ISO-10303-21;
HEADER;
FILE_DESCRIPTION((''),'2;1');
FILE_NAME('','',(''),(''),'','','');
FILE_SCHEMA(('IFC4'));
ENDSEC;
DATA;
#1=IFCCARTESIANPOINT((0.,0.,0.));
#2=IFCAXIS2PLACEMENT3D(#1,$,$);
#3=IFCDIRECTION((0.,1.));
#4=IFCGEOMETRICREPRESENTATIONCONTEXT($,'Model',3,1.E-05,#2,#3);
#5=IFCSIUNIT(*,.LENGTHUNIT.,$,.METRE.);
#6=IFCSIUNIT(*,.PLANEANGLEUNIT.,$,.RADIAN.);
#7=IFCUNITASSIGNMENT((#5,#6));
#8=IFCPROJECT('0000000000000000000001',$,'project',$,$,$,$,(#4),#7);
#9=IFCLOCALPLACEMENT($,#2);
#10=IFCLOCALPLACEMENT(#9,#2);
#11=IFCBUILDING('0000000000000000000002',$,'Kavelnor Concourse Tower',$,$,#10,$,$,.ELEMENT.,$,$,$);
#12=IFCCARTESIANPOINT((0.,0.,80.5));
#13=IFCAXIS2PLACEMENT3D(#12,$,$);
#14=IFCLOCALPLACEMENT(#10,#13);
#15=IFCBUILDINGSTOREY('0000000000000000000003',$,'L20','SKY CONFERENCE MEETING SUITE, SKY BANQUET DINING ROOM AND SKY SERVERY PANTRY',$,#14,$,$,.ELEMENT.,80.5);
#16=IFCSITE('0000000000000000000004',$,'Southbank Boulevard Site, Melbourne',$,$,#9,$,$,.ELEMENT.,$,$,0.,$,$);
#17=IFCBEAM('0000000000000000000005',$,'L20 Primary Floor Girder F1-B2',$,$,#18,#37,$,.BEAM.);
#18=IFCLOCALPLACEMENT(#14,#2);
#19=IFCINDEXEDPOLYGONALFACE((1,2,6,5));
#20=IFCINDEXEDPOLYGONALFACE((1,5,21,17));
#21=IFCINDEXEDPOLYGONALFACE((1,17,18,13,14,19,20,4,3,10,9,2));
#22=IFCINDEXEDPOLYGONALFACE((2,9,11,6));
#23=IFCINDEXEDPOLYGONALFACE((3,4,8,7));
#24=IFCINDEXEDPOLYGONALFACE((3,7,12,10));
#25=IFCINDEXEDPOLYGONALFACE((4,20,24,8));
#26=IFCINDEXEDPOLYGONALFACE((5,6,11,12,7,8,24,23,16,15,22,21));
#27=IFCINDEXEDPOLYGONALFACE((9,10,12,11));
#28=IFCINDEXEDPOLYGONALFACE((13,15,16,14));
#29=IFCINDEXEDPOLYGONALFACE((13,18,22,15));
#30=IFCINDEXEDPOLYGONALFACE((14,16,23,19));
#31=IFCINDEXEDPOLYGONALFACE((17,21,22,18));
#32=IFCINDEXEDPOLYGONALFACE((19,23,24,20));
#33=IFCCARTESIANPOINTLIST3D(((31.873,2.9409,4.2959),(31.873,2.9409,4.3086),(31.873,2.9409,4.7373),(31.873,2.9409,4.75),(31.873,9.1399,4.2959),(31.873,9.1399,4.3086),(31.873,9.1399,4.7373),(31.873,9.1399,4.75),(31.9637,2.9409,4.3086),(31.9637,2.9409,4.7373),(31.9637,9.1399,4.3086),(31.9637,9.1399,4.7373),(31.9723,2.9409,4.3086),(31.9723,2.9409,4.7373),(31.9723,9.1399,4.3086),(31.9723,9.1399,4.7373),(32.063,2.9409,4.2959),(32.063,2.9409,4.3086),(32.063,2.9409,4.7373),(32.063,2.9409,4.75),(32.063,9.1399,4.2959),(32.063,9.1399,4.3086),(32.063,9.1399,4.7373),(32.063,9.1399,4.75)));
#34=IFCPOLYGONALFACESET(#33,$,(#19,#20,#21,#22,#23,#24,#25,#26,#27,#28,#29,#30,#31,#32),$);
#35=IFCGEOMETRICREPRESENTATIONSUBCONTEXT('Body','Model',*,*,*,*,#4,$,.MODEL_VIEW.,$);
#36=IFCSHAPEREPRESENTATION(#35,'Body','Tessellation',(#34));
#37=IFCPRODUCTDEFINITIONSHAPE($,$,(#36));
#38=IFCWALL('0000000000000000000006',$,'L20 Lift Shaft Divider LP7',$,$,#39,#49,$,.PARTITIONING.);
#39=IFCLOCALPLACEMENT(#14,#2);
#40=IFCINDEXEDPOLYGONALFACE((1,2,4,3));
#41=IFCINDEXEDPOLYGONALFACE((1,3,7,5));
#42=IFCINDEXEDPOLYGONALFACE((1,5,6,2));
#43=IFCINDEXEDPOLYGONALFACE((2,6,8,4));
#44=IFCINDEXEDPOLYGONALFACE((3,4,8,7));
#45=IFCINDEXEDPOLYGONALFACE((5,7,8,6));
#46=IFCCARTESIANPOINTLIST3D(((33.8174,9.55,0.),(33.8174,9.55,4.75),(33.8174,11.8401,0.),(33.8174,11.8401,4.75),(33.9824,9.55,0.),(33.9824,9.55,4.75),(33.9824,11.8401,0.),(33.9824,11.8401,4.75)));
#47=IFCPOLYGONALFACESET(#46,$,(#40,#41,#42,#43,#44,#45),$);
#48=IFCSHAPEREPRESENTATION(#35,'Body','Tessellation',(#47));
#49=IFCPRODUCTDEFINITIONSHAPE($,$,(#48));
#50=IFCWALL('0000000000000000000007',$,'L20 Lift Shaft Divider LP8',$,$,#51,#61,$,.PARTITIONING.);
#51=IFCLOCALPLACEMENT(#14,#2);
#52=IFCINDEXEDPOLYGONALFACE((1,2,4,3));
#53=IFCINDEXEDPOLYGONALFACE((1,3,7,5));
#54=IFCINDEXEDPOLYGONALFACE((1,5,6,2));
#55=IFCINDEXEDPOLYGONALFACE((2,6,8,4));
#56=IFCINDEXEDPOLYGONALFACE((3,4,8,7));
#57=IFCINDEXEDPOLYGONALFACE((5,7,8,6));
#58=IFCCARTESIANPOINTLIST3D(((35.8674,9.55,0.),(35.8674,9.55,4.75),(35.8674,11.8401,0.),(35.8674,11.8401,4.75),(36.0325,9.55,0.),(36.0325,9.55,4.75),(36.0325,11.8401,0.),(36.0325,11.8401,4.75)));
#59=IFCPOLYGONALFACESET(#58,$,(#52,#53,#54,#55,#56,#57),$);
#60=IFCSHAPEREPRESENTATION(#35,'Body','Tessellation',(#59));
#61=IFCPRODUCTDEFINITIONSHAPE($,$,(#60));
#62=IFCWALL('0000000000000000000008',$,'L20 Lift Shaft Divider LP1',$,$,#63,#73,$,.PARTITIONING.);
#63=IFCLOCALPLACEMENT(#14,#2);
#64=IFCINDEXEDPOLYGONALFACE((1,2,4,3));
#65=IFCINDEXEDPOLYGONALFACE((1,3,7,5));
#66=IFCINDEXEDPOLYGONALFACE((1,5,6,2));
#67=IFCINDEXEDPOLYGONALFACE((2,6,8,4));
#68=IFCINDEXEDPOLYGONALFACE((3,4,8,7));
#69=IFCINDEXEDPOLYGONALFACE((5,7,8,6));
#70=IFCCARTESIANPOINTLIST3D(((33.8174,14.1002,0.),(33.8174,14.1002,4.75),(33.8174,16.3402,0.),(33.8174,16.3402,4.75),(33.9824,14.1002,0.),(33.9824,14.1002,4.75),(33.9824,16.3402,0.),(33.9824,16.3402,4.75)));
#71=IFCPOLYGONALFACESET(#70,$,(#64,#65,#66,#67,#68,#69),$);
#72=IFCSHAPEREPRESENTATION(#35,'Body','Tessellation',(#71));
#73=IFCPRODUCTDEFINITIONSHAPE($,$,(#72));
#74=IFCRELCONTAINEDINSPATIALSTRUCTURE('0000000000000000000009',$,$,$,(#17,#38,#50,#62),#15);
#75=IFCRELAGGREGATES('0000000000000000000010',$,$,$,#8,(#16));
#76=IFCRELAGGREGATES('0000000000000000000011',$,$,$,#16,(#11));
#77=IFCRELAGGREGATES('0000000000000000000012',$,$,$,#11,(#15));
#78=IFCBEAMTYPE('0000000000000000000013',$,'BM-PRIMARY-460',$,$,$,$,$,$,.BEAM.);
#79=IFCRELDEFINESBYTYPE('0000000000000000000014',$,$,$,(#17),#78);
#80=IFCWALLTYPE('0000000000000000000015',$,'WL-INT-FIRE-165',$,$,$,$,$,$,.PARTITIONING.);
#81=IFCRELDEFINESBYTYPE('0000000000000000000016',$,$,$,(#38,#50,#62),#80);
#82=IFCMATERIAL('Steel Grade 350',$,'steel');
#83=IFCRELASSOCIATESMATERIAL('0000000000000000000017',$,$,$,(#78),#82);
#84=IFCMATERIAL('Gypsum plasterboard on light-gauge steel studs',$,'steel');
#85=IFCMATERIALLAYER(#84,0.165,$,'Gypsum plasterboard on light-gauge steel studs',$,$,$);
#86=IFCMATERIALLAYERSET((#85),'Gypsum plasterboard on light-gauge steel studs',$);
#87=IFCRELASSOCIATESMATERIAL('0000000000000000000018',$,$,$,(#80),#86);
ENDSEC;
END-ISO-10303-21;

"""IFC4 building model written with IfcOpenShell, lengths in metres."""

from ifc_helpers import new_model, si_unit, direction, frame, frame_2d, origin, origin_2d, place, context, subcontext, project, spatial, rectangle, i_section, extrude, material, layer, layer_set, material_profile, profile_set, type_object, element, save


model = new_model("IFC4")

# Units and contexts
model_context = context("Model", 3, precision=1e-05, world=origin(), true_north=direction((0.0, 1.0)))
body_context = subcontext(model_context, "Body", "Model", "MODEL_VIEW")
ifc_project = project(units=[si_unit("LENGTHUNIT", "METRE"), si_unit("PLANEANGLEUNIT", "RADIAN")], contexts=[model_context])

# Site, building, storey
site_placement = place(None, origin())
site = spatial("IfcSite", under=ifc_project, at=site_placement, Name="Southbank Boulevard Site, Melbourne", CompositionType="ELEMENT", RefElevation=0.0)
building_placement = place(site_placement, origin())
building = spatial("IfcBuilding", under=site, at=building_placement, Name="Kavelnor Concourse Tower", CompositionType="ELEMENT")
storey_placement = place(building_placement, frame((0.0, 0.0, 80.5)))
storey = spatial("IfcBuildingStorey", under=building, at=storey_placement, Name="L20", Description="SKY CONFERENCE MEETING SUITE, SKY BANQUET DINING ROOM AND SKY SERVERY PANTRY", CompositionType="ELEMENT", Elevation=80.5)

# Beam
ifc_material_1 = material(Name="Steel Grade 350", Category="steel")
ifc_material_profile = material_profile(ifc_material_1, i_section(OverallWidth=0.1899, OverallDepth=0.4541, WebThickness=0.0085, FlangeThickness=0.0127, at=origin_2d()), Name="460UB67")
ifc_profile_set = profile_set([ifc_material_profile], Name="Steel Grade 350")
beam_type = type_object("IfcBeamType", Name="BM-PRIMARY-460", PredefinedType="BEAM", material=ifc_profile_set)
beam_placement = place(storey_placement, frame((31.968, 9.1399, 4.5229), z_axis=(0.0, -1.0, 0.0), x_axis=(1.0, 0.0, 0.0)))
element("IfcBeam", 1, at=beam_placement, inside=storey, type_object=beam_type, Name="L20 Primary Floor Girder F1-B2", PredefinedType="BEAM", context=body_context, shape_type="SweptSolid", body=[
    extrude(i_section(OverallWidth=0.1899, OverallDepth=0.4541, WebThickness=0.0085, FlangeThickness=0.0127, at=origin_2d()), origin(), (0.0, 0.0, 1.0), 6.199),
])

# Walls
ifc_material_2 = material(Name="Gypsum plasterboard on light-gauge steel studs", Category="steel")
ifc_layer_1 = layer(ifc_material_2, 0.165, Name="Gypsum plasterboard on light-gauge steel studs")
ifc_layer_set_1 = layer_set([ifc_layer_1], Name="Gypsum plasterboard on light-gauge steel studs")
wall_type_1 = type_object("IfcWallType", Name="WL-INT-FIRE-165", PredefinedType="PARTITIONING", material=ifc_layer_set_1)
for number, where, z_axis, x_axis, name in (
    (2, (33.8999, 9.55, 0.0), (0.0, 0.0, 1.0), (0.0, 1.0, 0.0), "L20 Lift Shaft Divider LP7"),
    (3, (35.95, 9.55, 0.0), (0.0, 0.0, 1.0), (0.0, 1.0, 0.0), "L20 Lift Shaft Divider LP8"),
):
    element("IfcWall", number, at=place(storey_placement, frame(where, z_axis=z_axis, x_axis=x_axis)), inside=storey, type_object=wall_type_1, Name=name, PredefinedType="PARTITIONING", context=body_context, shape_type="SweptSolid", body=[
        extrude(rectangle(XDim=2.29, YDim=0.165, at=frame_2d((1.145, 0.0))), origin(), (0.0, 0.0, 1.0), 4.75),
    ])
wall_1_placement = place(storey_placement, frame((33.8999, 14.1001, 0.0), z_axis=(0.0, 0.0, 1.0), x_axis=(0.0, 1.0, 0.0)))
element("IfcWall", 4, at=wall_1_placement, inside=storey, type_object=wall_type_1, Name="L20 Lift Shaft Divider LP1", PredefinedType="PARTITIONING", context=body_context, shape_type="SweptSolid", body=[
    extrude(rectangle(XDim=2.24, YDim=0.165, at=frame_2d((1.1201, 0.0))), origin(), (0.0, 0.0, 1.0), 4.75),
])

save(model, "model.ifc")
